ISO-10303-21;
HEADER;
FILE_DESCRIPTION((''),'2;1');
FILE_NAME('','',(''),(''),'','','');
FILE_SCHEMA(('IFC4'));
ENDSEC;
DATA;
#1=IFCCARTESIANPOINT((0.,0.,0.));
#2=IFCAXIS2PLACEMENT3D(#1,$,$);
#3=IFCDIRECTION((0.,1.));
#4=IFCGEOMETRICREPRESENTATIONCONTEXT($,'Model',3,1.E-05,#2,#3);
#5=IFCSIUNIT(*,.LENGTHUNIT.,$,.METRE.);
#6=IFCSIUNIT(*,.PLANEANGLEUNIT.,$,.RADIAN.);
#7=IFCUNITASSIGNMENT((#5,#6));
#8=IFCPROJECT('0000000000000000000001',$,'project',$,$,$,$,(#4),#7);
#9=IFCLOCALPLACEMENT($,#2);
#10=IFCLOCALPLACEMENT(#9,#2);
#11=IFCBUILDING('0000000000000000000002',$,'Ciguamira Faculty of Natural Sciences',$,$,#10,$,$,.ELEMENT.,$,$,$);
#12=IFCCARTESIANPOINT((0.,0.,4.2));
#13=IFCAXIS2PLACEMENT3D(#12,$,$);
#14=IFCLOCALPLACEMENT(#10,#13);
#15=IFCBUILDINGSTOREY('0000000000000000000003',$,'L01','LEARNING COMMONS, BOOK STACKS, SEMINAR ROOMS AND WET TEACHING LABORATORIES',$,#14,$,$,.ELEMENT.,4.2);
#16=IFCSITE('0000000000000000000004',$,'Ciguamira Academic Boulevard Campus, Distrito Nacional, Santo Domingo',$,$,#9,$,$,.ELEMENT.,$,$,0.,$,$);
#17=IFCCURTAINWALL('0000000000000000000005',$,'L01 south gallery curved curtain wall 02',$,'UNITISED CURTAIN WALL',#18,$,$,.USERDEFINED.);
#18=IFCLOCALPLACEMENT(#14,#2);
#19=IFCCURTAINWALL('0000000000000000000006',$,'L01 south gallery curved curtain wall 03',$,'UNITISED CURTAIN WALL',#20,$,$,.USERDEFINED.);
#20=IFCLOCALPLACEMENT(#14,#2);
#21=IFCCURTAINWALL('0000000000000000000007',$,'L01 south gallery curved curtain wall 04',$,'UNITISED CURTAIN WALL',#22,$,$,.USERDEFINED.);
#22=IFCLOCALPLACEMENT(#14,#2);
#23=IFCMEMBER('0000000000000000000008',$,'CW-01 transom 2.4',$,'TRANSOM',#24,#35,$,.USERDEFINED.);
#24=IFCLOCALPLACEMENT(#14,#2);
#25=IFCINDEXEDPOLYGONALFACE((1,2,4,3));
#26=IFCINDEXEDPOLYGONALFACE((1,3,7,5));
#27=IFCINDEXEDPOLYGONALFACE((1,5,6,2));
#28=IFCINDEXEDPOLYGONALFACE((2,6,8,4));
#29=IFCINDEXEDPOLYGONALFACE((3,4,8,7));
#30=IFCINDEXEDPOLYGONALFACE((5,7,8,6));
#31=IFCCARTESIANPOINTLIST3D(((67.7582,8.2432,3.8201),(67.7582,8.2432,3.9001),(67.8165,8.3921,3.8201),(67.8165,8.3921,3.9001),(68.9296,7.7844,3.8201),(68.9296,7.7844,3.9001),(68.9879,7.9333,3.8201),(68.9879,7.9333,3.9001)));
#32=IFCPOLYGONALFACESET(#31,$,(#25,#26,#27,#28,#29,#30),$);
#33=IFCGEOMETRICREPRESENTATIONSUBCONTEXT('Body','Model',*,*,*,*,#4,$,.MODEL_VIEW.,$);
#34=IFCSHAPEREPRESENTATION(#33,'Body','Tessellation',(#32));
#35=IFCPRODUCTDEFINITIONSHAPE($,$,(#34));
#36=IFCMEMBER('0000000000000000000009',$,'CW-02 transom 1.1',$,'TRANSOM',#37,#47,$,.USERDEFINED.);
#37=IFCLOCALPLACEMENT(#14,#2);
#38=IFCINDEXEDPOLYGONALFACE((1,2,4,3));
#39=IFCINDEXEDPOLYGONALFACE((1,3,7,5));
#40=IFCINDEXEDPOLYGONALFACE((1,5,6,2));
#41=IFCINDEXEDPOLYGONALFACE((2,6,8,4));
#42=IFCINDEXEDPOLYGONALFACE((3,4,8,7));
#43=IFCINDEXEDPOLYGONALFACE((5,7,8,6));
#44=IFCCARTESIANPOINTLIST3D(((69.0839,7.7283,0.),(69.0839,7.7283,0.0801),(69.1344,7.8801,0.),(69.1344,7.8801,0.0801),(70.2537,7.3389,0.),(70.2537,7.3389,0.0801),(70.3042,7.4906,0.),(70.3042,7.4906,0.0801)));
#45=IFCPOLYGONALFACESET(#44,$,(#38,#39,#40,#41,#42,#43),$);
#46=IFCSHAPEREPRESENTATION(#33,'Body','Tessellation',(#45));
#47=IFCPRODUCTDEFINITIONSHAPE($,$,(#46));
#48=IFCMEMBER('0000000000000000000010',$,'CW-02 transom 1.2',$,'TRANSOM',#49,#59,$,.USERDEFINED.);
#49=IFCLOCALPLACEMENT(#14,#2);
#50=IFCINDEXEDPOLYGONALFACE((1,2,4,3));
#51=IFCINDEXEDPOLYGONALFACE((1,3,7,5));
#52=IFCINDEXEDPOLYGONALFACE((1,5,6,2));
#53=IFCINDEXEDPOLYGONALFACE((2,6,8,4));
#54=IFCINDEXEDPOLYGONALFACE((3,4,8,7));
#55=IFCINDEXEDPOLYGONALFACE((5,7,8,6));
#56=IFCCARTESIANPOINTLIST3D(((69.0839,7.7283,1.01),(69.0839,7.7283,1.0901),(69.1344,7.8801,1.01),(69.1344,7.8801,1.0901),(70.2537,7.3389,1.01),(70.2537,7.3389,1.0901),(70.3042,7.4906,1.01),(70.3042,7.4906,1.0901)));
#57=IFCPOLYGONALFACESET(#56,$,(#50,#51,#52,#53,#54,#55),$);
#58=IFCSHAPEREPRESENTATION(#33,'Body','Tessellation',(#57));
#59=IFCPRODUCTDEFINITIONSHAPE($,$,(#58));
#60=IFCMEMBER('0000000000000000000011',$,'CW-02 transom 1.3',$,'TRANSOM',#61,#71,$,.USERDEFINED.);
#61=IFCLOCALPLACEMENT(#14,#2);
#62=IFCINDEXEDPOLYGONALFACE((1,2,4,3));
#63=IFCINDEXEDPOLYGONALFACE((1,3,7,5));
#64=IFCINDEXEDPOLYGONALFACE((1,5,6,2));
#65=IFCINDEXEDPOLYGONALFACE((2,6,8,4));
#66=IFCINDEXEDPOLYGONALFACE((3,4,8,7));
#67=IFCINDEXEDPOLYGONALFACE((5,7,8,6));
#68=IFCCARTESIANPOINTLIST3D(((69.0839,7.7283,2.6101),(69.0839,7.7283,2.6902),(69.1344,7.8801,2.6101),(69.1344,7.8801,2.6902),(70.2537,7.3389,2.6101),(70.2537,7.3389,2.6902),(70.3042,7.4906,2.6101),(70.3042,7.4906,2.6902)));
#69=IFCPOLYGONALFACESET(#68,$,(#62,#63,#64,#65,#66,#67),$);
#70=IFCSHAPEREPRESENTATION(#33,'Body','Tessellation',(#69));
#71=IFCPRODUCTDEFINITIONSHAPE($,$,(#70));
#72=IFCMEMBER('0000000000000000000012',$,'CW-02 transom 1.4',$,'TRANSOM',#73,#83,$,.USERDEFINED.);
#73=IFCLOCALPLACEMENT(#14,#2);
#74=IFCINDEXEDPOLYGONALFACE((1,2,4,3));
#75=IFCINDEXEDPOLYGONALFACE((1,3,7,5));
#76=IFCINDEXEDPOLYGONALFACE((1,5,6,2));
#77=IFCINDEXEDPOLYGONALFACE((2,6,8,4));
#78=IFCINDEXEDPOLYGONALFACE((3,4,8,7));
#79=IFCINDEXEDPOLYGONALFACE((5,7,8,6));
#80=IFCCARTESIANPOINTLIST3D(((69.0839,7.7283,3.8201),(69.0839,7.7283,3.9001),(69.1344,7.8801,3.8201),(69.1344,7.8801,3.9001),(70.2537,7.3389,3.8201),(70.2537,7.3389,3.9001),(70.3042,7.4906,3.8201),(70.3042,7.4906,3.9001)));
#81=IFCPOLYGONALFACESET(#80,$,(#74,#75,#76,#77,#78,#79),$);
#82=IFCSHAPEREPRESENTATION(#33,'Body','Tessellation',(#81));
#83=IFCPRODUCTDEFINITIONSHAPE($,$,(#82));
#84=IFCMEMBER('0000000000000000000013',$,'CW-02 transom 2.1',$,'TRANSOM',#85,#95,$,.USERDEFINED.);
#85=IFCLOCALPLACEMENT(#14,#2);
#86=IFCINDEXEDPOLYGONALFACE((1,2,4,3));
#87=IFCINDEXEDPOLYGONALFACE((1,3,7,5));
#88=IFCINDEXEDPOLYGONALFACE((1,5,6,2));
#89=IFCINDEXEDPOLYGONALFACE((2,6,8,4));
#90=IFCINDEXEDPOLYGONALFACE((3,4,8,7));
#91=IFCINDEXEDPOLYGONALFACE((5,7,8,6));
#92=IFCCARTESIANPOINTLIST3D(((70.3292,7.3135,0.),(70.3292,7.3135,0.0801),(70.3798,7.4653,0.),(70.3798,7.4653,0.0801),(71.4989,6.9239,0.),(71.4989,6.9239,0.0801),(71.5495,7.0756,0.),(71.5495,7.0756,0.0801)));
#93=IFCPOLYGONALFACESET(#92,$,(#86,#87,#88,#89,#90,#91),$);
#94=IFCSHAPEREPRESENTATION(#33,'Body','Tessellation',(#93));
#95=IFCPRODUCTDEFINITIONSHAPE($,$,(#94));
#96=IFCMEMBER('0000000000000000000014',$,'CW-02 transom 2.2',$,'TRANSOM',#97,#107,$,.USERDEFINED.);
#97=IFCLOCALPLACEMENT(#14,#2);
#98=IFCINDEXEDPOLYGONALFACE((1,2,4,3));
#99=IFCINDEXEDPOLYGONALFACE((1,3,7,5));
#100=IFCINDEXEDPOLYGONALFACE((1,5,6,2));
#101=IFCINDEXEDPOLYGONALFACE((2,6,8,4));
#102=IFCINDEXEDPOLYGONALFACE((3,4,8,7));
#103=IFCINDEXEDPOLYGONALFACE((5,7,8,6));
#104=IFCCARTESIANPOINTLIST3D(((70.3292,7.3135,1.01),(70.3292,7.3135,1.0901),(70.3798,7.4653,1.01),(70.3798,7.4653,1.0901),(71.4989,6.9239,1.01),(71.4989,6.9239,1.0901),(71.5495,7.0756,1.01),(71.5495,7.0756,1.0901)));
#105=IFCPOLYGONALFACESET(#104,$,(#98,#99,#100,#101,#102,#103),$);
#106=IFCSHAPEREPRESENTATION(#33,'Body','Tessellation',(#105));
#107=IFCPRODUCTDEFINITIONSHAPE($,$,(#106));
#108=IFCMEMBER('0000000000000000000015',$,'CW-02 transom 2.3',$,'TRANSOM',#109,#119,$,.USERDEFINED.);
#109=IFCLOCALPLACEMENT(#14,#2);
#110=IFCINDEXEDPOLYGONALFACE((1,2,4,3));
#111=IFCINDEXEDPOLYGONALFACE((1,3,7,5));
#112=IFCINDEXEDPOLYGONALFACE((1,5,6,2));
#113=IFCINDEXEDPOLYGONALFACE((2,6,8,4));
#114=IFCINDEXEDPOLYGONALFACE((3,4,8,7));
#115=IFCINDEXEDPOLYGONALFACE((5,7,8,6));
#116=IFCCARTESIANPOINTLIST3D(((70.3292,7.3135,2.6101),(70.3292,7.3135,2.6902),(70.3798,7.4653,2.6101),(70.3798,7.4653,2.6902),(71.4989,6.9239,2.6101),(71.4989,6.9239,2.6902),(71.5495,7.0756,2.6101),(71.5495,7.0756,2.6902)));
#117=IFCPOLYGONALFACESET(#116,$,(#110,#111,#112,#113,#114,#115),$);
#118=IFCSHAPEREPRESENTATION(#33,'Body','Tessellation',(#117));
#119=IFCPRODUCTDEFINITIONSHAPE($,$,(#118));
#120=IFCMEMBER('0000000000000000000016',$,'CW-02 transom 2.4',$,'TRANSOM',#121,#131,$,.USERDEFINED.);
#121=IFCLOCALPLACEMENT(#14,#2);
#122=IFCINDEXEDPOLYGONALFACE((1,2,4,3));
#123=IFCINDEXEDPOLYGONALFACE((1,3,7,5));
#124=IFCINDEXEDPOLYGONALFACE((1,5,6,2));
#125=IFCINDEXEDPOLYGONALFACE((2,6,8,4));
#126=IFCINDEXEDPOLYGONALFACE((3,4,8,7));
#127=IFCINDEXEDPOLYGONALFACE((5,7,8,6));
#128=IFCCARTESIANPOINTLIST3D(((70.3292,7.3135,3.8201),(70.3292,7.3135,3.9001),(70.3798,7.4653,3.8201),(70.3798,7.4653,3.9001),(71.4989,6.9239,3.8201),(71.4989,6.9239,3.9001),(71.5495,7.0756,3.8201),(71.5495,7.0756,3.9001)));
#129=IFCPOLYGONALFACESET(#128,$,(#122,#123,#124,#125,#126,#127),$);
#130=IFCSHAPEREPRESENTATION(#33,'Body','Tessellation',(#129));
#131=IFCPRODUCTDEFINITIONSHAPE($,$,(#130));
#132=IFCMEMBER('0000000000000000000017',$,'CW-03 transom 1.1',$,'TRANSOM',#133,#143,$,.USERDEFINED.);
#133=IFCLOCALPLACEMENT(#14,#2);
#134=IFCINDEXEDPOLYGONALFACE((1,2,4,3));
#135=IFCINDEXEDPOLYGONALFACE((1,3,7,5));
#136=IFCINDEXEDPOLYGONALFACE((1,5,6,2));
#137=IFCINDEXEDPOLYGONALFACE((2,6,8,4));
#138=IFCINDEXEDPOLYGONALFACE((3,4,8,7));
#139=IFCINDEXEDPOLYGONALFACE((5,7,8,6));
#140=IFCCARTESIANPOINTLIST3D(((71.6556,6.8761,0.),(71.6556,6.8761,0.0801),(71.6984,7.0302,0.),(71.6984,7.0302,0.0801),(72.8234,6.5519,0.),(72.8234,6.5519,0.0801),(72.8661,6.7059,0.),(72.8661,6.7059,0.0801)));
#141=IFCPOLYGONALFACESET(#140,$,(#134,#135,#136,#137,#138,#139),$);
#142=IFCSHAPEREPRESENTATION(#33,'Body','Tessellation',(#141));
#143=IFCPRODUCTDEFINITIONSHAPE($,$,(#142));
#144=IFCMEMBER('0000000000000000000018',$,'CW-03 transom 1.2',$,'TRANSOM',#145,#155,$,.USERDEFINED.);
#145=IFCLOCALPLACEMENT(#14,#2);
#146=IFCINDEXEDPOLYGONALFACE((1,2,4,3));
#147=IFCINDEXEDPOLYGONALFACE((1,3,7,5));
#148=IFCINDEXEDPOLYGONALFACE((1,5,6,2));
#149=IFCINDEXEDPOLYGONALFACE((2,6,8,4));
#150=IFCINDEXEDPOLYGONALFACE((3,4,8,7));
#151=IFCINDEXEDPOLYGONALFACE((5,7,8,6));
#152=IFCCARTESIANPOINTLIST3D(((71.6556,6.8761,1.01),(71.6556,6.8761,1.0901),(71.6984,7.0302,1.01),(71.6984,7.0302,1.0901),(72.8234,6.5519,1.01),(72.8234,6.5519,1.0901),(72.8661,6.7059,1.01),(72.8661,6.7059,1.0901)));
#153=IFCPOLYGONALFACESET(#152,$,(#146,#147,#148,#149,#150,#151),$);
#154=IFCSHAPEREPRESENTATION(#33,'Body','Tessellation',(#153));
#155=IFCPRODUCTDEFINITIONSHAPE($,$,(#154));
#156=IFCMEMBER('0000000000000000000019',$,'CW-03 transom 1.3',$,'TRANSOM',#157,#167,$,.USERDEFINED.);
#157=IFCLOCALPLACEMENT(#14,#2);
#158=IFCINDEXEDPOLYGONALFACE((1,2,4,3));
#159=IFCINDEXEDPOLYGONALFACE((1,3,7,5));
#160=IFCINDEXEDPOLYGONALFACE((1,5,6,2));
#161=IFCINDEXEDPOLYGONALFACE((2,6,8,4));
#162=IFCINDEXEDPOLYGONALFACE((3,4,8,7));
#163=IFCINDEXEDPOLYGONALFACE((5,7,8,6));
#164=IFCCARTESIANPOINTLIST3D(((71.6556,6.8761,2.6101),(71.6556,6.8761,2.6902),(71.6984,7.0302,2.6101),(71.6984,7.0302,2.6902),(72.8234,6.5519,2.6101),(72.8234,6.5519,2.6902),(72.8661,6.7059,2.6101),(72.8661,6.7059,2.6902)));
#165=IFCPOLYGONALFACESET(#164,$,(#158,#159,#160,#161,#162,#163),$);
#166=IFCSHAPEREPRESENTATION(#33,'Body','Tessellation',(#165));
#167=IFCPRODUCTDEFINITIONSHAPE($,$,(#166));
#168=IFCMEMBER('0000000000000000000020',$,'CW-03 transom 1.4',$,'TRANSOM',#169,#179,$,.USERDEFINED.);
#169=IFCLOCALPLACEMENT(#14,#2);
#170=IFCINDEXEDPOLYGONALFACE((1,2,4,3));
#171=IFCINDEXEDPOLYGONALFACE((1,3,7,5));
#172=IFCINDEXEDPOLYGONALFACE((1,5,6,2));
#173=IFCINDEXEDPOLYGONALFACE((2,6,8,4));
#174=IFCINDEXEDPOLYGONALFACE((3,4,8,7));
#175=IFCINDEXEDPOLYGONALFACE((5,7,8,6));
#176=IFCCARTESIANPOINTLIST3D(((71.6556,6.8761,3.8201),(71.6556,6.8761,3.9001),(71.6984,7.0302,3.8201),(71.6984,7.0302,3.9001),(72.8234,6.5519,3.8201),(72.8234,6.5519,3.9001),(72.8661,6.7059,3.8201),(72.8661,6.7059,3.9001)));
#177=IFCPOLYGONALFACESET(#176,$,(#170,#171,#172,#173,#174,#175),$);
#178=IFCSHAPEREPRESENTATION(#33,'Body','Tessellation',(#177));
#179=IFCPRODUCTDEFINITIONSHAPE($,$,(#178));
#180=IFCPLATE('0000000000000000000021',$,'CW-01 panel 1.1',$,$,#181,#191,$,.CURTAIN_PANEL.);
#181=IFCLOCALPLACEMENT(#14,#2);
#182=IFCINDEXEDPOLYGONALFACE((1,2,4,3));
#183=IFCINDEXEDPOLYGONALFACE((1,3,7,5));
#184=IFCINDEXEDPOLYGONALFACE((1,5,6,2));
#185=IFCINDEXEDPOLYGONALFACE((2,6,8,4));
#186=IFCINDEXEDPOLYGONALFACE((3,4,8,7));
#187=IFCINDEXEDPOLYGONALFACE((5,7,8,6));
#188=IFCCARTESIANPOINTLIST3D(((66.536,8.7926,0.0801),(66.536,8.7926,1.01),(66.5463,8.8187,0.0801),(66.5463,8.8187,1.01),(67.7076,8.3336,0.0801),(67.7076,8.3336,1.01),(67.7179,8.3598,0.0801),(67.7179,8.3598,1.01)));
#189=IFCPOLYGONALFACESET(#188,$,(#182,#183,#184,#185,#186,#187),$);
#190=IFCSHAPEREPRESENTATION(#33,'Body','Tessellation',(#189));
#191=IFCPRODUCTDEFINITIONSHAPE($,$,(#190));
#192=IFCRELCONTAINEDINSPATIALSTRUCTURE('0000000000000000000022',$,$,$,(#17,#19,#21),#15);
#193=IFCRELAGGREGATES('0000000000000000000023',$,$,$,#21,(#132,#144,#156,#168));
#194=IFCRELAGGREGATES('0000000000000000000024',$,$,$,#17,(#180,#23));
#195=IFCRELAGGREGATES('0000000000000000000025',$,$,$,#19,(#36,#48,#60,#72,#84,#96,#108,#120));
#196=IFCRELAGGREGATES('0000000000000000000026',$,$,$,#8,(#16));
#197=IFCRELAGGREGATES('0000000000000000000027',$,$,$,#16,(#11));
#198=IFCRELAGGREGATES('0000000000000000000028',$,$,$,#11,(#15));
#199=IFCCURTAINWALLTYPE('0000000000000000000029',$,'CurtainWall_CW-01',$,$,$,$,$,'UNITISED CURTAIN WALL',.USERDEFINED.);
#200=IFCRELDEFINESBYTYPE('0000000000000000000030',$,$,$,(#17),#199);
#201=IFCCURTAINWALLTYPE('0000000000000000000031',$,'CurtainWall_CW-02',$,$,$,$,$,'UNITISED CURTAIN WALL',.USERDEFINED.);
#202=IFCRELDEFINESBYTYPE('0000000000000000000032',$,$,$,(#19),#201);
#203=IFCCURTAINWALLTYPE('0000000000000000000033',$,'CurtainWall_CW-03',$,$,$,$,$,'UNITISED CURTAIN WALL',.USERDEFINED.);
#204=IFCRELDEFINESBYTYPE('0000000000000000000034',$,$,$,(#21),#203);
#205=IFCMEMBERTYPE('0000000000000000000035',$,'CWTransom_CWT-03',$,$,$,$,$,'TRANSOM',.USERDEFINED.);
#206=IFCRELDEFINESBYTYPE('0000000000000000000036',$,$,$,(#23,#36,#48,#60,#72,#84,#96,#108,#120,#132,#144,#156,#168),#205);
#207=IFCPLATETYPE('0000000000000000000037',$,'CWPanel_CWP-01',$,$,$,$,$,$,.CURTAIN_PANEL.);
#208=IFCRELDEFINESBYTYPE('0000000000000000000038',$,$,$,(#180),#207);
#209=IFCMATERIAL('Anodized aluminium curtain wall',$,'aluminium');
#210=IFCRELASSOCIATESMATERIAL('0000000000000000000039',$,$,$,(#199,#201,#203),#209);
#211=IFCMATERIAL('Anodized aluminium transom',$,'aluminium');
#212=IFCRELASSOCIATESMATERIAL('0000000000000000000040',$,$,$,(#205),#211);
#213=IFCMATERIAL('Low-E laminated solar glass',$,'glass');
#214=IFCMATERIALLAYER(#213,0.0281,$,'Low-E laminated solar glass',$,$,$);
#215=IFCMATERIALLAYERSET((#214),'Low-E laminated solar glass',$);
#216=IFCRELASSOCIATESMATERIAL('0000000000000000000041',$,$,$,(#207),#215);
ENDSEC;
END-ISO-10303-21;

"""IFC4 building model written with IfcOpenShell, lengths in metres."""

from ifc_helpers import new_model, si_unit, direction, frame, origin, origin_2d, place, context, subcontext, project, spatial, rectangle, extrude, material, layer, layer_set, material_profile, profile_set, type_object, element, aggregate, save


model = new_model("IFC4")

# Units and contexts
model_context = context("Model", 3, precision=1e-05, world=origin(), true_north=direction((0.0, 1.0)))
body_context = subcontext(model_context, "Body", "Model", "MODEL_VIEW")
ifc_project = project(units=[si_unit("LENGTHUNIT", "METRE"), si_unit("PLANEANGLEUNIT", "RADIAN")], contexts=[model_context])

# Site, building, storey
site_placement = place(None, origin())
site = spatial("IfcSite", under=ifc_project, at=site_placement, Name="Ciguamira Academic Boulevard Campus, Distrito Nacional, Santo Domingo", CompositionType="ELEMENT", RefElevation=0.0)
building_placement = place(site_placement, origin())
building = spatial("IfcBuilding", under=site, at=building_placement, Name="Ciguamira Faculty of Natural Sciences", CompositionType="ELEMENT")
storey_placement = place(building_placement, frame((0.0, 0.0, 4.2)))
storey = spatial("IfcBuildingStorey", under=building, at=storey_placement, Name="L01", Description="LEARNING COMMONS, BOOK STACKS, SEMINAR ROOMS AND WET TEACHING LABORATORIES", CompositionType="ELEMENT", Elevation=4.2)

# Shared definitions
ifc_material_1 = material(Name="Anodized aluminium curtain wall", Category="aluminium")

# Curtain walls
curtain_wall_type_1 = type_object("IfcCurtainWallType", Name="CurtainWall_CW-01", ElementType="UNITISED CURTAIN WALL", PredefinedType="USERDEFINED", material=ifc_material_1)
curtain_wall_1_placement = place(storey_placement, origin())
curtain_wall_1 = element("IfcCurtainWall", 1, at=curtain_wall_1_placement, inside=storey, type_object=curtain_wall_type_1, Name="L01 south gallery curved curtain wall 02", ObjectType="UNITISED CURTAIN WALL", PredefinedType="USERDEFINED")
curtain_wall_type_2 = type_object("IfcCurtainWallType", Name="CurtainWall_CW-02", ElementType="UNITISED CURTAIN WALL", PredefinedType="USERDEFINED", material=ifc_material_1)
curtain_wall_2_placement = place(storey_placement, origin())
curtain_wall_2 = element("IfcCurtainWall", 2, at=curtain_wall_2_placement, inside=storey, type_object=curtain_wall_type_2, Name="L01 south gallery curved curtain wall 03", ObjectType="UNITISED CURTAIN WALL", PredefinedType="USERDEFINED")

# Curtain wall
curtain_wall_type_3 = type_object("IfcCurtainWallType", Name="CurtainWall_CW-03", ElementType="UNITISED CURTAIN WALL", PredefinedType="USERDEFINED", material=ifc_material_1)
curtain_wall_3_placement = place(storey_placement, origin())
curtain_wall_3 = element("IfcCurtainWall", 3, at=curtain_wall_3_placement, inside=storey, type_object=curtain_wall_type_3, Name="L01 south gallery curved curtain wall 04", ObjectType="UNITISED CURTAIN WALL", PredefinedType="USERDEFINED")

# Members
ifc_material_2 = material(Name="Anodized aluminium transom", Category="aluminium")
ifc_material_profile_1 = material_profile(ifc_material_2, rectangle(XDim=0.0801, YDim=0.1599, at=origin_2d()), Name="ALU-TRN-80X160")
ifc_profile_set_1 = profile_set([ifc_material_profile_1], Name="Anodized aluminium transom")
member_type_1 = type_object("IfcMemberType", Name="CWTransom_CWT-03", ElementType="TRANSOM", PredefinedType="USERDEFINED", material=ifc_profile_set_1)
member_1_placement = place(storey_placement, frame((67.7874, 8.3176, 3.8601), z_axis=(0.931143, -0.364655, 0.0), x_axis=(0.0, 0.0, 1.0)))
member_1 = element("IfcMember", 4, at=member_1_placement, type_object=member_type_1, Name="CW-01 transom 2.4", ObjectType="TRANSOM", PredefinedType="USERDEFINED", context=body_context, shape_type="SweptSolid", body=[
    extrude(rectangle(XDim=0.0801, YDim=0.1599, at=origin_2d()), origin(), (0.0, 0.0, 1.0), 1.2581),
])
member_2_placement = place(storey_placement, frame((69.1091, 7.8042, 0.04), z_axis=(0.948802, -0.315871, 0.0), x_axis=(0.0, 0.0, 1.0)))
member_2 = element("IfcMember", 5, at=member_2_placement, type_object=member_type_1, Name="CW-02 transom 1.1", ObjectType="TRANSOM", PredefinedType="USERDEFINED", context=body_context, shape_type="SweptSolid", body=[
    extrude(rectangle(XDim=0.0801, YDim=0.1599, at=origin_2d()), origin(), (0.0, 0.0, 1.0), 1.2329),
])
member_3_placement = place(storey_placement, frame((69.1091, 7.8042, 1.05), z_axis=(0.948802, -0.315871, 0.0), x_axis=(0.0, 0.0, 1.0)))
member_3 = element("IfcMember", 6, at=member_3_placement, type_object=member_type_1, Name="CW-02 transom 1.2", ObjectType="TRANSOM", PredefinedType="USERDEFINED", context=body_context, shape_type="SweptSolid", body=[
    extrude(rectangle(XDim=0.0801, YDim=0.1599, at=origin_2d()), origin(), (0.0, 0.0, 1.0), 1.2329),
])
member_4_placement = place(storey_placement, frame((69.1091, 7.8042, 2.6501), z_axis=(0.948802, -0.315871, 0.0), x_axis=(0.0, 0.0, 1.0)))
member_4 = element("IfcMember", 7, at=member_4_placement, type_object=member_type_1, Name="CW-02 transom 1.3", ObjectType="TRANSOM", PredefinedType="USERDEFINED", context=body_context, shape_type="SweptSolid", body=[
    extrude(rectangle(XDim=0.0801, YDim=0.1599, at=origin_2d()), origin(), (0.0, 0.0, 1.0), 1.2329),
])
member_5_placement = place(storey_placement, frame((69.1091, 7.8042, 3.8601), z_axis=(0.948802, -0.315871, 0.0), x_axis=(0.0, 0.0, 1.0)))
member_5 = element("IfcMember", 8, at=member_5_placement, type_object=member_type_1, Name="CW-02 transom 1.4", ObjectType="TRANSOM", PredefinedType="USERDEFINED", context=body_context, shape_type="SweptSolid", body=[
    extrude(rectangle(XDim=0.0801, YDim=0.1599, at=origin_2d()), origin(), (0.0, 0.0, 1.0), 1.2329),
])
member_6_placement = place(storey_placement, frame((70.3545, 7.3894, 0.04), z_axis=(0.948743, -0.31605, 0.0), x_axis=(0.0, 0.0, 1.0)))
member_6 = element("IfcMember", 9, at=member_6_placement, type_object=member_type_1, Name="CW-02 transom 2.1", ObjectType="TRANSOM", PredefinedType="USERDEFINED", context=body_context, shape_type="SweptSolid", body=[
    extrude(rectangle(XDim=0.0801, YDim=0.1599, at=origin_2d()), origin(), (0.0, 0.0, 1.0), 1.2329),
])
member_7_placement = place(storey_placement, frame((70.3545, 7.3894, 1.05), z_axis=(0.948743, -0.31605, 0.0), x_axis=(0.0, 0.0, 1.0)))
member_7 = element("IfcMember", 10, at=member_7_placement, type_object=member_type_1, Name="CW-02 transom 2.2", ObjectType="TRANSOM", PredefinedType="USERDEFINED", context=body_context, shape_type="SweptSolid", body=[
    extrude(rectangle(XDim=0.0801, YDim=0.1599, at=origin_2d()), origin(), (0.0, 0.0, 1.0), 1.2329),
])
member_8_placement = place(storey_placement, frame((70.3545, 7.3894, 2.6501), z_axis=(0.948743, -0.31605, 0.0), x_axis=(0.0, 0.0, 1.0)))
member_8 = element("IfcMember", 11, at=member_8_placement, type_object=member_type_1, Name="CW-02 transom 2.3", ObjectType="TRANSOM", PredefinedType="USERDEFINED", context=body_context, shape_type="SweptSolid", body=[
    extrude(rectangle(XDim=0.0801, YDim=0.1599, at=origin_2d()), origin(), (0.0, 0.0, 1.0), 1.2329),
])
member_9_placement = place(storey_placement, frame((70.3545, 7.3894, 3.8601), z_axis=(0.948743, -0.31605, 0.0), x_axis=(0.0, 0.0, 1.0)))
member_9 = element("IfcMember", 12, at=member_9_placement, type_object=member_type_1, Name="CW-02 transom 2.4", ObjectType="TRANSOM", PredefinedType="USERDEFINED", context=body_context, shape_type="SweptSolid", body=[
    extrude(rectangle(XDim=0.0801, YDim=0.1599, at=origin_2d()), origin(), (0.0, 0.0, 1.0), 1.2329),
])
member_10_placement = place(storey_placement, frame((71.677, 6.9531, 0.04), z_axis=(0.96355, -0.26753, 0.0), x_axis=(0.0, 0.0, 1.0)))
member_10 = element("IfcMember", 13, at=member_10_placement, type_object=member_type_1, Name="CW-03 transom 1.1", ObjectType="TRANSOM", PredefinedType="USERDEFINED", context=body_context, shape_type="SweptSolid", body=[
    extrude(rectangle(XDim=0.0801, YDim=0.1599, at=origin_2d()), origin(), (0.0, 0.0, 1.0), 1.2119),
])
member_11_placement = place(storey_placement, frame((71.677, 6.9531, 1.05), z_axis=(0.96355, -0.26753, 0.0), x_axis=(0.0, 0.0, 1.0)))
member_11 = element("IfcMember", 14, at=member_11_placement, type_object=member_type_1, Name="CW-03 transom 1.2", ObjectType="TRANSOM", PredefinedType="USERDEFINED", context=body_context, shape_type="SweptSolid", body=[
    extrude(rectangle(XDim=0.0801, YDim=0.1599, at=origin_2d()), origin(), (0.0, 0.0, 1.0), 1.2119),
])
member_12_placement = place(storey_placement, frame((71.677, 6.9531, 2.6501), z_axis=(0.96355, -0.26753, 0.0), x_axis=(0.0, 0.0, 1.0)))
member_12 = element("IfcMember", 15, at=member_12_placement, type_object=member_type_1, Name="CW-03 transom 1.3", ObjectType="TRANSOM", PredefinedType="USERDEFINED", context=body_context, shape_type="SweptSolid", body=[
    extrude(rectangle(XDim=0.0801, YDim=0.1599, at=origin_2d()), origin(), (0.0, 0.0, 1.0), 1.2119),
])
member_13_placement = place(storey_placement, frame((71.677, 6.9531, 3.8601), z_axis=(0.96355, -0.26753, 0.0), x_axis=(0.0, 0.0, 1.0)))
member_13 = element("IfcMember", 16, at=member_13_placement, type_object=member_type_1, Name="CW-03 transom 1.4", ObjectType="TRANSOM", PredefinedType="USERDEFINED", context=body_context, shape_type="SweptSolid", body=[
    extrude(rectangle(XDim=0.0801, YDim=0.1599, at=origin_2d()), origin(), (0.0, 0.0, 1.0), 1.2119),
])
aggregate(curtain_wall_3, [member_10, member_11, member_12, member_13])

# Plate
ifc_material_3 = material(Name="Low-E laminated solar glass", Category="glass")
ifc_layer = layer(ifc_material_3, 0.0281, Name="Low-E laminated solar glass")
ifc_layer_set = layer_set([ifc_layer], Name="Low-E laminated solar glass")
plate_type = type_object("IfcPlateType", Name="CWPanel_CWP-01", PredefinedType="CURTAIN_PANEL", material=ifc_layer_set)
plate_1_placement = place(storey_placement, frame((67.127, 8.5762, 0.0801), z_axis=(0.0, 0.0, 1.0), x_axis=(0.931122, -0.364707, 0.0)))
plate_1 = element("IfcPlate", 17, at=plate_1_placement, type_object=plate_type, Name="CW-01 panel 1.1", PredefinedType="CURTAIN_PANEL", context=body_context, shape_type="SweptSolid", body=[
    extrude(rectangle(XDim=1.2583, YDim=0.0281, at=origin_2d()), origin(), (0.0, 0.0, 1.0), 0.9299),
])
aggregate(curtain_wall_1, [plate_1, member_1])
aggregate(curtain_wall_2, [member_2, member_3, member_4, member_5, member_6, member_7, member_8, member_9])

save(model, "model.ifc")
